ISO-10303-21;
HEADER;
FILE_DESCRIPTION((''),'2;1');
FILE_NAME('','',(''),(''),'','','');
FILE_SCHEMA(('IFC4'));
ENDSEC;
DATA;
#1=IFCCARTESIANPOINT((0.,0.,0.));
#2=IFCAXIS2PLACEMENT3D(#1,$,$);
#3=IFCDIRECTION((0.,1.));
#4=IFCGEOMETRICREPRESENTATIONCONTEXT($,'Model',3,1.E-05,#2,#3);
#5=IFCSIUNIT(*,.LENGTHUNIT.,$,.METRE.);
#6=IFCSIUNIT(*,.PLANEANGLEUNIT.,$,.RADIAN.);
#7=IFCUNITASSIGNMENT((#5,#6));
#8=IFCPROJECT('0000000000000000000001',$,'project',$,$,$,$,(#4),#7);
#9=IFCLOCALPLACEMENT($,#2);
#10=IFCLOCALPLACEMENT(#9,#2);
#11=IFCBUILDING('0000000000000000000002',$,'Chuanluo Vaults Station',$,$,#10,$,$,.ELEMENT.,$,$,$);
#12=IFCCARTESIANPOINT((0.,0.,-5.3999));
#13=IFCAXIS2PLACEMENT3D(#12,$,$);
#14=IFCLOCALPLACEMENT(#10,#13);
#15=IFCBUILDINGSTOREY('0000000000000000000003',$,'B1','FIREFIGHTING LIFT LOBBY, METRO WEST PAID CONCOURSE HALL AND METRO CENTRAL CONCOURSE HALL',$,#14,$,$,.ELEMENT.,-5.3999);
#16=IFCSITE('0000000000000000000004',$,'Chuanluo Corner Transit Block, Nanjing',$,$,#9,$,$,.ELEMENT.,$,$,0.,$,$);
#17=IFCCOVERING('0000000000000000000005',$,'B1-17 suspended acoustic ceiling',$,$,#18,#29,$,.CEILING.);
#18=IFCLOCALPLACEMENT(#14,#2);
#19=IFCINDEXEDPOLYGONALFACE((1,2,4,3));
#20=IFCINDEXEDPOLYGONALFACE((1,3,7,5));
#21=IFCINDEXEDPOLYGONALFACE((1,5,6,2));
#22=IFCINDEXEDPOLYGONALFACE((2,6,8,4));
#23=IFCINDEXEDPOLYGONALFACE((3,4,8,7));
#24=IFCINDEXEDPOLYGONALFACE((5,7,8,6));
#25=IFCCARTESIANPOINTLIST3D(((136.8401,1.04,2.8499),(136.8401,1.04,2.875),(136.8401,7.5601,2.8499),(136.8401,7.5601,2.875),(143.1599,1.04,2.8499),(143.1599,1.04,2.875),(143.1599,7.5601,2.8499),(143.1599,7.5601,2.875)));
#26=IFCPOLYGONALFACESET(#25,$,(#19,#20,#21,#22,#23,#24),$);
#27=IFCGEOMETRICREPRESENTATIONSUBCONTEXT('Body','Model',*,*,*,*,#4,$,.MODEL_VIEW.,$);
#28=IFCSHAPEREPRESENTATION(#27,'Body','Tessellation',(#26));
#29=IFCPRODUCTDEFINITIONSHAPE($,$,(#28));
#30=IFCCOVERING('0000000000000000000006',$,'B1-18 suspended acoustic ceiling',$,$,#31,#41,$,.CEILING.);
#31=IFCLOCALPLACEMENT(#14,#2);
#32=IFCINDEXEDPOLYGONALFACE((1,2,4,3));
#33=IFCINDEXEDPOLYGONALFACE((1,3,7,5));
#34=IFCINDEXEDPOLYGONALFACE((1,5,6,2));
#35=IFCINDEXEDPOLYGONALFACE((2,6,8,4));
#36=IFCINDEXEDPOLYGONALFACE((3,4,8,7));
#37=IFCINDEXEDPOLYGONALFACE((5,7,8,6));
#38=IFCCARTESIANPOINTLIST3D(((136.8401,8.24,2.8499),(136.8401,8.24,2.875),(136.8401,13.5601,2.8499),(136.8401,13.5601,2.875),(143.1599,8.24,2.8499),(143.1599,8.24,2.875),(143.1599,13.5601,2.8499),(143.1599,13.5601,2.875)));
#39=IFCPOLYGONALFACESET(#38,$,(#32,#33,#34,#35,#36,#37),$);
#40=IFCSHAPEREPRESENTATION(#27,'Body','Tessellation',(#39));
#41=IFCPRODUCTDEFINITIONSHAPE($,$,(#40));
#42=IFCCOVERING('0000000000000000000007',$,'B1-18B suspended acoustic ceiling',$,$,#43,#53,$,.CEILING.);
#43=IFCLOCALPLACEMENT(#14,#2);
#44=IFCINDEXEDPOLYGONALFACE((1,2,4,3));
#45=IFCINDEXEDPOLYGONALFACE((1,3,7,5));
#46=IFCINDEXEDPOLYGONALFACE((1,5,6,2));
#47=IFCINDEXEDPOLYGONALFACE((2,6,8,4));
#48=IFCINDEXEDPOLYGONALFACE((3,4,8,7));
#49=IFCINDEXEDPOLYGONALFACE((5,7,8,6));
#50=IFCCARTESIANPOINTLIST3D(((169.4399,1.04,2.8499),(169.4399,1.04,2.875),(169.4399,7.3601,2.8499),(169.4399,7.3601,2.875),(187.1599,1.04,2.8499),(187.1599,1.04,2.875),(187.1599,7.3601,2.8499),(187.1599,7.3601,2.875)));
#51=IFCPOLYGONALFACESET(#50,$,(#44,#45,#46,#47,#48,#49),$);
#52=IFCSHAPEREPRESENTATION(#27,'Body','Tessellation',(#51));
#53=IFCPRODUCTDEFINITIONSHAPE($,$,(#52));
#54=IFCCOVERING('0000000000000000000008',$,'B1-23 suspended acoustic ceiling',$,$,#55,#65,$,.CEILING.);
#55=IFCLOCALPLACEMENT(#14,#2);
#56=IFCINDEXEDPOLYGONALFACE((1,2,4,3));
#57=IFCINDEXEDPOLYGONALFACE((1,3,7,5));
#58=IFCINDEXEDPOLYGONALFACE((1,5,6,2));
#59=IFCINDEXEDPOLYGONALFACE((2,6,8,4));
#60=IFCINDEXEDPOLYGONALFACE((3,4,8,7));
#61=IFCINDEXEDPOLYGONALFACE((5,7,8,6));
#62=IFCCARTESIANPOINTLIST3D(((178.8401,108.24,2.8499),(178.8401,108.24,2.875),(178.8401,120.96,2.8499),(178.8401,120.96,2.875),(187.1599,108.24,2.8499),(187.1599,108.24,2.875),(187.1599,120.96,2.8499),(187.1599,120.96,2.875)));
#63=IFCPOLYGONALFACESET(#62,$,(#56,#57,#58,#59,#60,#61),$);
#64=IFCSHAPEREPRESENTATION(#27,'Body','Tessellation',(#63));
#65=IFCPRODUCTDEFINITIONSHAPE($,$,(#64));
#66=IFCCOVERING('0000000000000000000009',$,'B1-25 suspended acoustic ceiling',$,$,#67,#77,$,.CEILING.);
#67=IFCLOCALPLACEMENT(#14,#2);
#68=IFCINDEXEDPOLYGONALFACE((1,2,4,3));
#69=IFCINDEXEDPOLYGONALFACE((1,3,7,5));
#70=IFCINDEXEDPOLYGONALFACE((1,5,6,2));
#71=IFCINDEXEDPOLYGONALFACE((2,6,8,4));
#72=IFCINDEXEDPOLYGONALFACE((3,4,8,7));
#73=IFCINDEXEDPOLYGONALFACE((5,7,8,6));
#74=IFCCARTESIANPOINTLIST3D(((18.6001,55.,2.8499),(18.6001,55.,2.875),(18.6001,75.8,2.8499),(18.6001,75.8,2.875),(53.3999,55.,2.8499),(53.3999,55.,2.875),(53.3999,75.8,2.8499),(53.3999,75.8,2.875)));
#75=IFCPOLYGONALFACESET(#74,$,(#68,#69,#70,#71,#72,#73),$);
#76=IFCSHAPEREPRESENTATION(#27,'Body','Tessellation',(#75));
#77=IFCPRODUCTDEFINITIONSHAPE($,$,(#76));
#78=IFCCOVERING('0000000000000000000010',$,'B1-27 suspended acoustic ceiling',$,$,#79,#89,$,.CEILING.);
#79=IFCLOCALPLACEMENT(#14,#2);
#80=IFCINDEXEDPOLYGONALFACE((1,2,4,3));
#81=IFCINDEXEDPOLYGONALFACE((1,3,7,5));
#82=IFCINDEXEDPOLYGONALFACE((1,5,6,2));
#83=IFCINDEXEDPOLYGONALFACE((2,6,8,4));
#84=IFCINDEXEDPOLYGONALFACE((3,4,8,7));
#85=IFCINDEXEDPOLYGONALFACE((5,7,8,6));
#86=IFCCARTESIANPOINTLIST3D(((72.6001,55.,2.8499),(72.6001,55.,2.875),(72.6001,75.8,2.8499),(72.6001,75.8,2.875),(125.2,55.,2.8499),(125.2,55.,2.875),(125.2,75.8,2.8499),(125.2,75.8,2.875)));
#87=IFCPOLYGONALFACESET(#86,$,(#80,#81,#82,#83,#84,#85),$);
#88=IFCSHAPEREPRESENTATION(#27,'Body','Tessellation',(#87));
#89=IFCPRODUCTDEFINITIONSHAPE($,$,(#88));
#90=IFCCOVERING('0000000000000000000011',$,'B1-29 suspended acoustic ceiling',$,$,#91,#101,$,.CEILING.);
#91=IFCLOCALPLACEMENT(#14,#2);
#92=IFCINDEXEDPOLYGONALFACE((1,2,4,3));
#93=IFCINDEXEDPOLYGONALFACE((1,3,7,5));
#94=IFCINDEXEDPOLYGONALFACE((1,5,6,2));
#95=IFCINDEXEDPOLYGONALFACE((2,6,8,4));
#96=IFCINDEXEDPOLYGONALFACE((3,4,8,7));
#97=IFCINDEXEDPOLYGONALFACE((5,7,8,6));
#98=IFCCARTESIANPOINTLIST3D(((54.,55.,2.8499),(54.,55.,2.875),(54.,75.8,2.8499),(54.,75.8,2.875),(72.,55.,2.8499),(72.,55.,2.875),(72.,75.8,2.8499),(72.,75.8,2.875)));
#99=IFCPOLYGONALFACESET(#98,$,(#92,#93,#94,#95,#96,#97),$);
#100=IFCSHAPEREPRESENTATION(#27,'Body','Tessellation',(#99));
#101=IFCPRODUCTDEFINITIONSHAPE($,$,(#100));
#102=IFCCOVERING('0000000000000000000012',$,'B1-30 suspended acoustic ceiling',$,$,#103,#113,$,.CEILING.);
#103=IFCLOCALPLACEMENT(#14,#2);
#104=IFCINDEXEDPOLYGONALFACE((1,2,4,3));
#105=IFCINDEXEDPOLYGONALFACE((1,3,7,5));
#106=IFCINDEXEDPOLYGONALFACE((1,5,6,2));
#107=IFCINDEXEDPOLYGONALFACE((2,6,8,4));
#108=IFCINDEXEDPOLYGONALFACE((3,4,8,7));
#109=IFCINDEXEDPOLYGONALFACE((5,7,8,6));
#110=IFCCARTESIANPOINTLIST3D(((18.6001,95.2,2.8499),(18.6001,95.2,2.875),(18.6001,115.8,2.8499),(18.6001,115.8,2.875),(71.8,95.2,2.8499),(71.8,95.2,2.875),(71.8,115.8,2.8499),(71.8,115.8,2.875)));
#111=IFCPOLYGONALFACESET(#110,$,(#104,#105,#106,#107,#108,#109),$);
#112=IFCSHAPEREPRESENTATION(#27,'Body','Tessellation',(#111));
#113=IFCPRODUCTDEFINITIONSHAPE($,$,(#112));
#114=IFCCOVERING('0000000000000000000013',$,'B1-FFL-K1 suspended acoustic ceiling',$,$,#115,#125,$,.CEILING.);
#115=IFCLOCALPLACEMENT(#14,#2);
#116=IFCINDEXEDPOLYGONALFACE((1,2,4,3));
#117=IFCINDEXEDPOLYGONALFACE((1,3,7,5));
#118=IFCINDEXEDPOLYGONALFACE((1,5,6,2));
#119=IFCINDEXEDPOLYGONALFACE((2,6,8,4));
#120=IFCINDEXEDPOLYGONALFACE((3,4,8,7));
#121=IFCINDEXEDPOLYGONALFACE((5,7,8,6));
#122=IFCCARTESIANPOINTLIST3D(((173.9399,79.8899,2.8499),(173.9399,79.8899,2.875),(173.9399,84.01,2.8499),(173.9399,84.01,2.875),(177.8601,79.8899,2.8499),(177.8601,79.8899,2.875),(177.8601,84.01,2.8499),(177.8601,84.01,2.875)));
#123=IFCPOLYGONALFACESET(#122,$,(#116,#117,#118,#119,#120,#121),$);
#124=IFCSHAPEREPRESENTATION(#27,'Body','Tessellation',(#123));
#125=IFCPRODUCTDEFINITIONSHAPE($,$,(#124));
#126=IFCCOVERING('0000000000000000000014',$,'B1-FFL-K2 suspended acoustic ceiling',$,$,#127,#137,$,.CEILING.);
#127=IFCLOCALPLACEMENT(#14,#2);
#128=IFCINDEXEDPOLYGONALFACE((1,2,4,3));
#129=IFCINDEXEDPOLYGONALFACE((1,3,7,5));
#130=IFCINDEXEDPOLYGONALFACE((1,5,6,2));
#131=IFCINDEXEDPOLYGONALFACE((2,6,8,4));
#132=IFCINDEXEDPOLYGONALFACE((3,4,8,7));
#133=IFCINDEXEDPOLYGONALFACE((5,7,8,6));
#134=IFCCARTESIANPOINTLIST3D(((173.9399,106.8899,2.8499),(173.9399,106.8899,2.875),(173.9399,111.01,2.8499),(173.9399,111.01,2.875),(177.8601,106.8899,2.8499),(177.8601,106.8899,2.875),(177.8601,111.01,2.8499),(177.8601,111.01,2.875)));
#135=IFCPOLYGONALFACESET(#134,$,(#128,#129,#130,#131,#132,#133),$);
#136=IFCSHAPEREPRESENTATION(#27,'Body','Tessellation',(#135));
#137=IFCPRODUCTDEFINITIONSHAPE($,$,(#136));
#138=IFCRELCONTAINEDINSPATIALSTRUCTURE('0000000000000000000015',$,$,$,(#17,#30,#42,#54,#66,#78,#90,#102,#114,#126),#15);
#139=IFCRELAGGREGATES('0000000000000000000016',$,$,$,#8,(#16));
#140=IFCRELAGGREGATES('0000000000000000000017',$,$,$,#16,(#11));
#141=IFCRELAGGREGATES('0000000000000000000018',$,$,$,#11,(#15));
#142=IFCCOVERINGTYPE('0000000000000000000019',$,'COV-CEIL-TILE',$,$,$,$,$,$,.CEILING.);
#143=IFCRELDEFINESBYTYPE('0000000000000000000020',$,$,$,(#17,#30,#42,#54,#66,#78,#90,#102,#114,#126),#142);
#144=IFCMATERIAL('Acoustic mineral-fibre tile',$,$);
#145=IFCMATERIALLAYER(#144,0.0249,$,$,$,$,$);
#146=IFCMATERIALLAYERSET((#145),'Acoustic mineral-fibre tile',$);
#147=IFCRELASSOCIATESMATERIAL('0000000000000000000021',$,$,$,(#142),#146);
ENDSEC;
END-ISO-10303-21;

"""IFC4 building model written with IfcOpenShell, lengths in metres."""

from ifc_helpers import new_model, si_unit, direction, frame, origin, place, context, subcontext, project, spatial, polyline, outline, extrude, material, layer, layer_set, type_object, element, save


model = new_model("IFC4")

# Units and contexts
model_context = context("Model", 3, precision=1e-05, world=origin(), true_north=direction((0.0, 1.0)))
body_context = subcontext(model_context, "Body", "Model", "MODEL_VIEW")
ifc_project = project(units=[si_unit("LENGTHUNIT", "METRE"), si_unit("PLANEANGLEUNIT", "RADIAN")], contexts=[model_context])

# Site, building, storey
site_placement = place(None, origin())
site = spatial("IfcSite", under=ifc_project, at=site_placement, Name="Chuanluo Corner Transit Block, Nanjing", CompositionType="ELEMENT", RefElevation=0.0)
building_placement = place(site_placement, origin())
building = spatial("IfcBuilding", under=site, at=building_placement, Name="Chuanluo Vaults Station", CompositionType="ELEMENT")
storey_placement = place(building_placement, frame((0.0, 0.0, -5.3999)))
storey = spatial("IfcBuildingStorey", under=building, at=storey_placement, Name="B1", Description="FIREFIGHTING LIFT LOBBY, METRO WEST PAID CONCOURSE HALL AND METRO CENTRAL CONCOURSE HALL", CompositionType="ELEMENT", Elevation=-5.3999)

# Coverings
ifc_material_1 = material(Name="Acoustic mineral-fibre tile")
ifc_layer = layer(ifc_material_1, 0.0249)
ifc_layer_set = layer_set([ifc_layer], Name="Acoustic mineral-fibre tile")
covering_type = type_object("IfcCoveringType", Name="COV-CEIL-TILE", PredefinedType="CEILING", material=ifc_layer_set)
covering_1_placement = place(storey_placement, frame((0.0, 0.0, 2.8499)))
element("IfcCovering", 1, at=covering_1_placement, inside=storey, type_object=covering_type, Name="B1-17 suspended acoustic ceiling", PredefinedType="CEILING", context=body_context, shape_type="SweptSolid", body=[
    extrude(outline(polyline([(136.8401, 1.04), (143.1599, 1.04), (143.1599, 7.5601), (136.8401, 7.5601), (136.8401, 1.04)])), origin(), (0.0, 0.0, 1.0), 0.0251),
])
covering_2_placement = place(storey_placement, frame((0.0, 0.0, 2.8499)))
element("IfcCovering", 2, at=covering_2_placement, inside=storey, type_object=covering_type, Name="B1-18 suspended acoustic ceiling", PredefinedType="CEILING", context=body_context, shape_type="SweptSolid", body=[
    extrude(outline(polyline([(136.8401, 8.24), (143.1599, 8.24), (143.1599, 13.5601), (136.8401, 13.5601), (136.8401, 8.24)])), origin(), (0.0, 0.0, 1.0), 0.0251),
])
covering_3_placement = place(storey_placement, frame((0.0, 0.0, 2.8499)))
element("IfcCovering", 3, at=covering_3_placement, inside=storey, type_object=covering_type, Name="B1-18B suspended acoustic ceiling", PredefinedType="CEILING", context=body_context, shape_type="SweptSolid", body=[
    extrude(outline(polyline([(169.4399, 1.04), (187.1599, 1.04), (187.1599, 7.3601), (169.4399, 7.3601), (169.4399, 1.04)])), origin(), (0.0, 0.0, 1.0), 0.0251),
])
covering_4_placement = place(storey_placement, frame((0.0, 0.0, 2.8499)))
element("IfcCovering", 4, at=covering_4_placement, inside=storey, type_object=covering_type, Name="B1-23 suspended acoustic ceiling", PredefinedType="CEILING", context=body_context, shape_type="SweptSolid", body=[
    extrude(outline(polyline([(178.8401, 108.24), (187.1599, 108.24), (187.1599, 120.96), (178.8401, 120.96), (178.8401, 108.24)])), origin(), (0.0, 0.0, 1.0), 0.0251),
])
covering_5_placement = place(storey_placement, frame((0.0, 0.0, 2.8499)))
element("IfcCovering", 5, at=covering_5_placement, inside=storey, type_object=covering_type, Name="B1-25 suspended acoustic ceiling", PredefinedType="CEILING", context=body_context, shape_type="SweptSolid", body=[
    extrude(outline(polyline([(18.6001, 55.0), (53.3999, 55.0), (53.3999, 75.8), (18.6001, 75.8), (18.6001, 55.0)])), origin(), (0.0, 0.0, 1.0), 0.0251),
])
covering_6_placement = place(storey_placement, frame((0.0, 0.0, 2.8499)))
element("IfcCovering", 6, at=covering_6_placement, inside=storey, type_object=covering_type, Name="B1-27 suspended acoustic ceiling", PredefinedType="CEILING", context=body_context, shape_type="SweptSolid", body=[
    extrude(outline(polyline([(72.6001, 55.0), (125.2, 55.0), (125.2, 75.8), (72.6001, 75.8), (72.6001, 55.0)])), origin(), (0.0, 0.0, 1.0), 0.0251),
])
covering_7_placement = place(storey_placement, frame((0.0, 0.0, 2.8499)))
element("IfcCovering", 7, at=covering_7_placement, inside=storey, type_object=covering_type, Name="B1-29 suspended acoustic ceiling", PredefinedType="CEILING", context=body_context, shape_type="SweptSolid", body=[
    extrude(outline(polyline([(54.0, 55.0), (72.0, 55.0), (72.0, 75.8), (54.0, 75.8), (54.0, 55.0)])), origin(), (0.0, 0.0, 1.0), 0.0251),
])
covering_8_placement = place(storey_placement, frame((0.0, 0.0, 2.8499)))
element("IfcCovering", 8, at=covering_8_placement, inside=storey, type_object=covering_type, Name="B1-30 suspended acoustic ceiling", PredefinedType="CEILING", context=body_context, shape_type="SweptSolid", body=[
    extrude(outline(polyline([(18.6001, 95.2), (71.8, 95.2), (71.8, 115.8), (18.6001, 115.8), (18.6001, 95.2)])), origin(), (0.0, 0.0, 1.0), 0.0251),
])
covering_9_placement = place(storey_placement, frame((0.0, 0.0, 2.8499)))
element("IfcCovering", 9, at=covering_9_placement, inside=storey, type_object=covering_type, Name="B1-FFL-K1 suspended acoustic ceiling", PredefinedType="CEILING", context=body_context, shape_type="SweptSolid", body=[
    extrude(outline(polyline([(173.9399, 79.8899), (177.8601, 79.8899), (177.8601, 84.01), (173.9399, 84.01), (173.9399, 79.8899)])), origin(), (0.0, 0.0, 1.0), 0.0251),
])
covering_10_placement = place(storey_placement, frame((0.0, 0.0, 2.8499)))
element("IfcCovering", 10, at=covering_10_placement, inside=storey, type_object=covering_type, Name="B1-FFL-K2 suspended acoustic ceiling", PredefinedType="CEILING", context=body_context, shape_type="SweptSolid", body=[
    extrude(outline(polyline([(173.9399, 106.8899), (177.8601, 106.8899), (177.8601, 111.01), (173.9399, 111.01), (173.9399, 106.8899)])), origin(), (0.0, 0.0, 1.0), 0.0251),
])

save(model, "model.ifc")
